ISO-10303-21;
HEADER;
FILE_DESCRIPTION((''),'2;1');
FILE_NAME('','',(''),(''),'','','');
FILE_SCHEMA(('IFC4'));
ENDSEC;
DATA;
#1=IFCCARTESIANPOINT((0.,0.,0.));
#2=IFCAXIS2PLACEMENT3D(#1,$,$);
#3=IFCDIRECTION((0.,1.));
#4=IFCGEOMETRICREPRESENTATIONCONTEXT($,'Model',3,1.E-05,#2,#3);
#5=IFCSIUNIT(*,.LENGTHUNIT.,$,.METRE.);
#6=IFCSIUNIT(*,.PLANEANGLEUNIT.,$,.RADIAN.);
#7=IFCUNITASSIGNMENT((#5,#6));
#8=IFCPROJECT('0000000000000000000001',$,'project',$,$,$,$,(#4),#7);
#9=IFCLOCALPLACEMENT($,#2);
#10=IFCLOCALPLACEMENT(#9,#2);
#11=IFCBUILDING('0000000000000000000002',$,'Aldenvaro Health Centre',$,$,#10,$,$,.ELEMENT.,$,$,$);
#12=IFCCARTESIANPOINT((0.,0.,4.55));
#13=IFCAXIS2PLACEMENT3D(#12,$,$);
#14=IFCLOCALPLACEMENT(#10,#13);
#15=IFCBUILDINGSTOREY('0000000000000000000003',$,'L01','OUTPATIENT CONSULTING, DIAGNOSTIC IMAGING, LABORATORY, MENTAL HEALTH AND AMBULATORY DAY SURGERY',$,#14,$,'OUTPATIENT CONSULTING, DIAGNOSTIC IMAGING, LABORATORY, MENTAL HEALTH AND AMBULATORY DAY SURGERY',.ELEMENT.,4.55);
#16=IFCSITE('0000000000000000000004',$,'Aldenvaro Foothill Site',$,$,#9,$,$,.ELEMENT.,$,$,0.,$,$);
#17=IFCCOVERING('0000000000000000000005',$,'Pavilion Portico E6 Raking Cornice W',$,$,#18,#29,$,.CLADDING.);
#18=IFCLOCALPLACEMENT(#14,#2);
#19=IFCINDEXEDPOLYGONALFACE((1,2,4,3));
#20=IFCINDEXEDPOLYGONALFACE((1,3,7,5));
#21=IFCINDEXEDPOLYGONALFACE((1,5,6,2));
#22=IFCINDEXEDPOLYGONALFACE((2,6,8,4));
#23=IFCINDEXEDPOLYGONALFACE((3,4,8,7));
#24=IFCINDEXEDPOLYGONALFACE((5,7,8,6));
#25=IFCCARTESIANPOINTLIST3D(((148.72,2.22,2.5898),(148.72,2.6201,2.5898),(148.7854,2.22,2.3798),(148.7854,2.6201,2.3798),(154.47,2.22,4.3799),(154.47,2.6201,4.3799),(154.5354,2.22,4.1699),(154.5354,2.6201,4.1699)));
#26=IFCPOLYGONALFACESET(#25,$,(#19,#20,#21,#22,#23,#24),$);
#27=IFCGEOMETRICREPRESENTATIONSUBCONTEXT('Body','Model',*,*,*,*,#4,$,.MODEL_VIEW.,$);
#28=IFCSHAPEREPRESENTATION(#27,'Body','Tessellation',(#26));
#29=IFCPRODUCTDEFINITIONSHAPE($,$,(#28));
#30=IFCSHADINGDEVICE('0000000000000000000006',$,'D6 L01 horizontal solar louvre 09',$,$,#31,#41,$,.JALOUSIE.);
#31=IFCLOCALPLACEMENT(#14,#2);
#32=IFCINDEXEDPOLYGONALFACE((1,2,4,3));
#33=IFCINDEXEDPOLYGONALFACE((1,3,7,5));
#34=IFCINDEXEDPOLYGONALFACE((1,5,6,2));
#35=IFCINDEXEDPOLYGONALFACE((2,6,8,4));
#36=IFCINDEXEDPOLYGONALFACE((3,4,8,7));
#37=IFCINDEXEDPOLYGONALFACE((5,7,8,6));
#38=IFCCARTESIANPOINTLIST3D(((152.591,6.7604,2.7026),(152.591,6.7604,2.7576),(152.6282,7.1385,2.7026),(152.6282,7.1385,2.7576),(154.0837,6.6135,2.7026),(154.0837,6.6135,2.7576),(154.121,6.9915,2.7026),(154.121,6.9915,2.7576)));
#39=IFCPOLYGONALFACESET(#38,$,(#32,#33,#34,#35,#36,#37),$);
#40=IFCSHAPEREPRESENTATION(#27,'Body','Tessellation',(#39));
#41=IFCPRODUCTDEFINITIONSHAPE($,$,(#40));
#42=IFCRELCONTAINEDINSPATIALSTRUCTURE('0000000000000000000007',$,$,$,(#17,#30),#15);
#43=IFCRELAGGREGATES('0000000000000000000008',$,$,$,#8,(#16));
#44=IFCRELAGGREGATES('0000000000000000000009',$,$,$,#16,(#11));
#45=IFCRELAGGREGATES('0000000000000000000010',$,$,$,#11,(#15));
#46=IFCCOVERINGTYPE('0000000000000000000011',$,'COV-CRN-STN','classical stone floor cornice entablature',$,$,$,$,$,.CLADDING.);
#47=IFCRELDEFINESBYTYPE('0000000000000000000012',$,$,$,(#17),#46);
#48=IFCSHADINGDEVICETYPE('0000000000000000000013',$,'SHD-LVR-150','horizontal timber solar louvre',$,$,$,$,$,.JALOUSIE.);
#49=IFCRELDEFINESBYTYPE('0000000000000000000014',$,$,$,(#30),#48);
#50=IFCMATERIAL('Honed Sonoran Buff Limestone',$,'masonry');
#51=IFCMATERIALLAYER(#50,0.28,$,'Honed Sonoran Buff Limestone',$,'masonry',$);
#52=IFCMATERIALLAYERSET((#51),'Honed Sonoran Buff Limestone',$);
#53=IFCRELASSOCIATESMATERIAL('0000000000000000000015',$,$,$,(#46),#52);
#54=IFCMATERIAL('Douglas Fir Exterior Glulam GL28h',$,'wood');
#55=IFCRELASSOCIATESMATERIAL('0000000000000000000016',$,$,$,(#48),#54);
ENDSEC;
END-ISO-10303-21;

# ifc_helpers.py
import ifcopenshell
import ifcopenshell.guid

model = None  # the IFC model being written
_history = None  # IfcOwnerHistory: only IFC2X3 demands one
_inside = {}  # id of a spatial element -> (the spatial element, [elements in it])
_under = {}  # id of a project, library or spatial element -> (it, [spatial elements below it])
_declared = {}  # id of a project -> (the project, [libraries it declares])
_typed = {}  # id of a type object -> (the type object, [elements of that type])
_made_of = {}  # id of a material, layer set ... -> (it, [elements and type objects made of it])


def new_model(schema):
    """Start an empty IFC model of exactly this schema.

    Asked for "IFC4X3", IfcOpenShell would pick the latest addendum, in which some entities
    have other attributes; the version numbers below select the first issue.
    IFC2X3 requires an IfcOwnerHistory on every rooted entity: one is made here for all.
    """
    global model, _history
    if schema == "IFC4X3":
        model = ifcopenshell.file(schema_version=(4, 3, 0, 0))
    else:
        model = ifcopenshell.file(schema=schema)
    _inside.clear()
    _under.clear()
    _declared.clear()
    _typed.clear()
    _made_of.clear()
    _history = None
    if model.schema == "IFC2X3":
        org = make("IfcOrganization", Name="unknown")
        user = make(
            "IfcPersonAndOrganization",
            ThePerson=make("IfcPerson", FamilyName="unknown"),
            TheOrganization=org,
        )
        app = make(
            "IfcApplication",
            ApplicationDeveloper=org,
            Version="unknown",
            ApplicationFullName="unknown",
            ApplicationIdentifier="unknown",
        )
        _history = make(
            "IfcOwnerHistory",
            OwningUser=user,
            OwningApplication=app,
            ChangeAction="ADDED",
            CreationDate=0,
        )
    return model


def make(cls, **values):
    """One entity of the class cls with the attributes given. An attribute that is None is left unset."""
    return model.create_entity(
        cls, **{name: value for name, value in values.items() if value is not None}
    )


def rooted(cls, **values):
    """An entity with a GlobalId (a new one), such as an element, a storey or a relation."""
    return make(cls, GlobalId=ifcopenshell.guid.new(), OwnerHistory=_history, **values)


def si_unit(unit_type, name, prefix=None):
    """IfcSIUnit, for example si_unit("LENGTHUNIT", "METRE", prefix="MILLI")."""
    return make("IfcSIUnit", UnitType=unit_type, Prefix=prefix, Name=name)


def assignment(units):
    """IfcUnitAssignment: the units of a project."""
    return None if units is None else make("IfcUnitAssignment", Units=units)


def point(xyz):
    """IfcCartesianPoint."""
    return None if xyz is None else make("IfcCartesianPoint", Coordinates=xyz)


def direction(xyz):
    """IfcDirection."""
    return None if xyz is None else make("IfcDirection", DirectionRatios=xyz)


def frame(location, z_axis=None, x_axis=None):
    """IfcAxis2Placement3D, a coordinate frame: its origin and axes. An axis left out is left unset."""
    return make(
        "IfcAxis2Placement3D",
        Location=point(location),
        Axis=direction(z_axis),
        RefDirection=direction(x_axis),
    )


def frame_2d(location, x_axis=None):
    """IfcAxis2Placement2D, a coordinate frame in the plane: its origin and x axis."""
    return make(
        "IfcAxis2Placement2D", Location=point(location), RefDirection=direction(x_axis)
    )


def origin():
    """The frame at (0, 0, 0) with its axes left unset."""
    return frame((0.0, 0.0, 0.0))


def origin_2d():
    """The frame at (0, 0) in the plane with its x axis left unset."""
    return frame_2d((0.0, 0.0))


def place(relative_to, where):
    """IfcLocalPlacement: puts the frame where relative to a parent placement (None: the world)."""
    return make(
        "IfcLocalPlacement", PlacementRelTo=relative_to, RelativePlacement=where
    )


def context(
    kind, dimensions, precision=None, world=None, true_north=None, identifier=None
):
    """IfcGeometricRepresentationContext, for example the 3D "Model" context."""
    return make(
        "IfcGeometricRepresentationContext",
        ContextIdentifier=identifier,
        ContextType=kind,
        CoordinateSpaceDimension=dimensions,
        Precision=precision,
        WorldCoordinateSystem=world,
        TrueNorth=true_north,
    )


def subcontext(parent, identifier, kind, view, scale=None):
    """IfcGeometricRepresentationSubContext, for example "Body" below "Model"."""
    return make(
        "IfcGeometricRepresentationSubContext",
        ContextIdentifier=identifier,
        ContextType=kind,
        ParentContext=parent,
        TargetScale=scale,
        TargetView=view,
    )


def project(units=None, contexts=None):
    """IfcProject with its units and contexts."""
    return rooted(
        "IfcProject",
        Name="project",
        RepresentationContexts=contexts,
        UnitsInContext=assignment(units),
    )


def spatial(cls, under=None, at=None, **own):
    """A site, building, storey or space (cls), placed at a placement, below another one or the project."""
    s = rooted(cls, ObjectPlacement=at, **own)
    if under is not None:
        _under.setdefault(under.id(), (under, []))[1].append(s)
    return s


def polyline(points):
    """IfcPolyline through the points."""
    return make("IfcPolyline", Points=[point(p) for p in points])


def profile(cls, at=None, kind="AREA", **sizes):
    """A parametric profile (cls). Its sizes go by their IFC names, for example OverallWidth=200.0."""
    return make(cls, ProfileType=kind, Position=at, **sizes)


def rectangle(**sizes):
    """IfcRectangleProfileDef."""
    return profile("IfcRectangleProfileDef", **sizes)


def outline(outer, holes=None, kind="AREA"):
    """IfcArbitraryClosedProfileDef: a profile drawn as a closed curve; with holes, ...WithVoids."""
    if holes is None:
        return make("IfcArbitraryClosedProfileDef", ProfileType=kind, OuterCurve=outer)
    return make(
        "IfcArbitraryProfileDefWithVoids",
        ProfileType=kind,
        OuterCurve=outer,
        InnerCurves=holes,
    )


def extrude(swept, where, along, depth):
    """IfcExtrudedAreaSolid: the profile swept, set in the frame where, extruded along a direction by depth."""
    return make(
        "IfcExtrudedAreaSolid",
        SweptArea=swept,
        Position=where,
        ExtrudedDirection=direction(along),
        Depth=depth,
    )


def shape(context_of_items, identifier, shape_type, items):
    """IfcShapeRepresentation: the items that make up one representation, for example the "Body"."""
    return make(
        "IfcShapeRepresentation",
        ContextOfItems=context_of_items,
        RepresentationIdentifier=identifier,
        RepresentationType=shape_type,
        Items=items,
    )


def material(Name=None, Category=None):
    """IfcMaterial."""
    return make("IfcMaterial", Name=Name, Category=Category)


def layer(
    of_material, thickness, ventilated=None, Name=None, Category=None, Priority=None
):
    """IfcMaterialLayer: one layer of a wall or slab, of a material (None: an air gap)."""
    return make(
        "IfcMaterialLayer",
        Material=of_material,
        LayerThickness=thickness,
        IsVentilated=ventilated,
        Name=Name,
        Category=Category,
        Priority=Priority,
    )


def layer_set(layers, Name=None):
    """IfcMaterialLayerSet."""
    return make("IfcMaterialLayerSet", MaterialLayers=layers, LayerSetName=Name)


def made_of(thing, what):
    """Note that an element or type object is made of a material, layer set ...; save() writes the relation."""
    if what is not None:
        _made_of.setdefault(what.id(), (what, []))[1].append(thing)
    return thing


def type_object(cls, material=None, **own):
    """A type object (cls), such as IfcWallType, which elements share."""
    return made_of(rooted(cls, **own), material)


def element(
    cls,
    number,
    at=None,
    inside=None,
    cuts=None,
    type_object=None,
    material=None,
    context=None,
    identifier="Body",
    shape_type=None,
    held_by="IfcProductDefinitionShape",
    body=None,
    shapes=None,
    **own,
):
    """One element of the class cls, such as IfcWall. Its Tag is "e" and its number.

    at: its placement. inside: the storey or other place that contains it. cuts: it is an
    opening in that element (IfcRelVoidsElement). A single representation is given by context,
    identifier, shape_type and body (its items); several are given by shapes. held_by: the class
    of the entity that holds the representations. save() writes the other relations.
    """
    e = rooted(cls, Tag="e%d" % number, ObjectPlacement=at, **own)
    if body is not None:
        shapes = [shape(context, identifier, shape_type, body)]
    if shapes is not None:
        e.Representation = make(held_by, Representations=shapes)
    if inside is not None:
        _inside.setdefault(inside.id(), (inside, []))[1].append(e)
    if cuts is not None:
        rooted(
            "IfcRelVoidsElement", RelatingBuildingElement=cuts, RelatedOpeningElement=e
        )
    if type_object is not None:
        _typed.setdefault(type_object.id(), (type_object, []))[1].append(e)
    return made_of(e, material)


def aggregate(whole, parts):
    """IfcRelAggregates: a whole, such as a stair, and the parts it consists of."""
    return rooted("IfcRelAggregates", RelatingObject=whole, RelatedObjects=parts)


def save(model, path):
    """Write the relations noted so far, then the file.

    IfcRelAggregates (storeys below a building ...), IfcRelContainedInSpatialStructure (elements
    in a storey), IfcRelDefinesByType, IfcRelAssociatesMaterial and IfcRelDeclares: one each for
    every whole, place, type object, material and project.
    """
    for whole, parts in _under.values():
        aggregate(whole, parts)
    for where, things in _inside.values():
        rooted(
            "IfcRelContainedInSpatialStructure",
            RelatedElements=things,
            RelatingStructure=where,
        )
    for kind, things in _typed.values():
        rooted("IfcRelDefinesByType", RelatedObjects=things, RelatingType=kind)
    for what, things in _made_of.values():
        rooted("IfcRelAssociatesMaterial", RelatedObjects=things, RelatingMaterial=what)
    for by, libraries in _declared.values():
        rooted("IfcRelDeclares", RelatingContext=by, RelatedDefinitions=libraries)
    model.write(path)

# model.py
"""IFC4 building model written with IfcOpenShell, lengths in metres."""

from ifc_helpers import new_model, si_unit, direction, frame, origin, origin_2d, place, context, subcontext, project, spatial, polyline, rectangle, outline, extrude, material, layer, layer_set, type_object, element, save


model = new_model("IFC4")

# Units and contexts
model_context = context("Model", 3, precision=1e-05, world=origin(), true_north=direction((0.0, 1.0)))
body_context = subcontext(model_context, "Body", "Model", "MODEL_VIEW")
ifc_project = project(units=[si_unit("LENGTHUNIT", "METRE"), si_unit("PLANEANGLEUNIT", "RADIAN")], contexts=[model_context])

# Site, building, storey
site_placement = place(None, origin())
site = spatial("IfcSite", under=ifc_project, at=site_placement, Name="Aldenvaro Foothill Site", CompositionType="ELEMENT", RefElevation=0.0)
building_placement = place(site_placement, origin())
building = spatial("IfcBuilding", under=site, at=building_placement, Name="Aldenvaro Health Centre", CompositionType="ELEMENT")
storey_placement = place(building_placement, frame((0.0, 0.0, 4.55)))
storey = spatial("IfcBuildingStorey", under=building, at=storey_placement, Name="L01", Description="OUTPATIENT CONSULTING, DIAGNOSTIC IMAGING, LABORATORY, MENTAL HEALTH AND AMBULATORY DAY SURGERY", LongName="OUTPATIENT CONSULTING, DIAGNOSTIC IMAGING, LABORATORY, MENTAL HEALTH AND AMBULATORY DAY SURGERY", CompositionType="ELEMENT", Elevation=4.55)

# Covering
ifc_material_1 = material(Name="Honed Sonoran Buff Limestone", Category="masonry")
ifc_layer_1 = layer(ifc_material_1, 0.28, Name="Honed Sonoran Buff Limestone", Category="masonry")
ifc_layer_set_1 = layer_set([ifc_layer_1], Name="Honed Sonoran Buff Limestone")
covering_type = type_object("IfcCoveringType", Name="COV-CRN-STN", Description="classical stone floor cornice entablature", PredefinedType="CLADDING", material=ifc_layer_set_1)
covering_1_placement = place(storey_placement, frame((148.72, 2.22, 2.5898), z_axis=(-0.297241, 0.0, 0.954803), x_axis=(0.954803, 0.0, 0.297241)))
element("IfcCovering", 1, at=covering_1_placement, inside=storey, type_object=covering_type, Name="Pavilion Portico E6 Raking Cornice W", PredefinedType="CLADDING", context=body_context, shape_type="SweptSolid", body=[
    extrude(outline(polyline([(0.0, 0.0), (6.0222, 0.0), (6.0222, 0.4001), (0.0, 0.4001), (0.0, 0.0)])), origin(), (0.0, 0.0, -1.0), 0.22),
])

# Shading device
ifc_material_2 = material(Name="Douglas Fir Exterior Glulam GL28h", Category="wood")
shading_device_type = type_object("IfcShadingDeviceType", Name="SHD-LVR-150", Description="horizontal timber solar louvre", PredefinedType="JALOUSIE", material=ifc_material_2)
shading_device_placement = place(storey_placement, frame((153.356, 6.876, 2.7026), z_axis=(0.0, 0.0, 1.0), x_axis=(-0.995187, 0.097997, 0.0)))
element("IfcShadingDevice", 2, at=shading_device_placement, inside=storey, type_object=shading_device_type, Name="D6 L01 horizontal solar louvre 09", PredefinedType="JALOUSIE", context=body_context, shape_type="SweptSolid", body=[
    extrude(rectangle(XDim=1.5, YDim=0.3799, at=origin_2d()), origin(), (0.0, 0.0, 1.0), 0.0549),
])

save(model, "model.ifc")
